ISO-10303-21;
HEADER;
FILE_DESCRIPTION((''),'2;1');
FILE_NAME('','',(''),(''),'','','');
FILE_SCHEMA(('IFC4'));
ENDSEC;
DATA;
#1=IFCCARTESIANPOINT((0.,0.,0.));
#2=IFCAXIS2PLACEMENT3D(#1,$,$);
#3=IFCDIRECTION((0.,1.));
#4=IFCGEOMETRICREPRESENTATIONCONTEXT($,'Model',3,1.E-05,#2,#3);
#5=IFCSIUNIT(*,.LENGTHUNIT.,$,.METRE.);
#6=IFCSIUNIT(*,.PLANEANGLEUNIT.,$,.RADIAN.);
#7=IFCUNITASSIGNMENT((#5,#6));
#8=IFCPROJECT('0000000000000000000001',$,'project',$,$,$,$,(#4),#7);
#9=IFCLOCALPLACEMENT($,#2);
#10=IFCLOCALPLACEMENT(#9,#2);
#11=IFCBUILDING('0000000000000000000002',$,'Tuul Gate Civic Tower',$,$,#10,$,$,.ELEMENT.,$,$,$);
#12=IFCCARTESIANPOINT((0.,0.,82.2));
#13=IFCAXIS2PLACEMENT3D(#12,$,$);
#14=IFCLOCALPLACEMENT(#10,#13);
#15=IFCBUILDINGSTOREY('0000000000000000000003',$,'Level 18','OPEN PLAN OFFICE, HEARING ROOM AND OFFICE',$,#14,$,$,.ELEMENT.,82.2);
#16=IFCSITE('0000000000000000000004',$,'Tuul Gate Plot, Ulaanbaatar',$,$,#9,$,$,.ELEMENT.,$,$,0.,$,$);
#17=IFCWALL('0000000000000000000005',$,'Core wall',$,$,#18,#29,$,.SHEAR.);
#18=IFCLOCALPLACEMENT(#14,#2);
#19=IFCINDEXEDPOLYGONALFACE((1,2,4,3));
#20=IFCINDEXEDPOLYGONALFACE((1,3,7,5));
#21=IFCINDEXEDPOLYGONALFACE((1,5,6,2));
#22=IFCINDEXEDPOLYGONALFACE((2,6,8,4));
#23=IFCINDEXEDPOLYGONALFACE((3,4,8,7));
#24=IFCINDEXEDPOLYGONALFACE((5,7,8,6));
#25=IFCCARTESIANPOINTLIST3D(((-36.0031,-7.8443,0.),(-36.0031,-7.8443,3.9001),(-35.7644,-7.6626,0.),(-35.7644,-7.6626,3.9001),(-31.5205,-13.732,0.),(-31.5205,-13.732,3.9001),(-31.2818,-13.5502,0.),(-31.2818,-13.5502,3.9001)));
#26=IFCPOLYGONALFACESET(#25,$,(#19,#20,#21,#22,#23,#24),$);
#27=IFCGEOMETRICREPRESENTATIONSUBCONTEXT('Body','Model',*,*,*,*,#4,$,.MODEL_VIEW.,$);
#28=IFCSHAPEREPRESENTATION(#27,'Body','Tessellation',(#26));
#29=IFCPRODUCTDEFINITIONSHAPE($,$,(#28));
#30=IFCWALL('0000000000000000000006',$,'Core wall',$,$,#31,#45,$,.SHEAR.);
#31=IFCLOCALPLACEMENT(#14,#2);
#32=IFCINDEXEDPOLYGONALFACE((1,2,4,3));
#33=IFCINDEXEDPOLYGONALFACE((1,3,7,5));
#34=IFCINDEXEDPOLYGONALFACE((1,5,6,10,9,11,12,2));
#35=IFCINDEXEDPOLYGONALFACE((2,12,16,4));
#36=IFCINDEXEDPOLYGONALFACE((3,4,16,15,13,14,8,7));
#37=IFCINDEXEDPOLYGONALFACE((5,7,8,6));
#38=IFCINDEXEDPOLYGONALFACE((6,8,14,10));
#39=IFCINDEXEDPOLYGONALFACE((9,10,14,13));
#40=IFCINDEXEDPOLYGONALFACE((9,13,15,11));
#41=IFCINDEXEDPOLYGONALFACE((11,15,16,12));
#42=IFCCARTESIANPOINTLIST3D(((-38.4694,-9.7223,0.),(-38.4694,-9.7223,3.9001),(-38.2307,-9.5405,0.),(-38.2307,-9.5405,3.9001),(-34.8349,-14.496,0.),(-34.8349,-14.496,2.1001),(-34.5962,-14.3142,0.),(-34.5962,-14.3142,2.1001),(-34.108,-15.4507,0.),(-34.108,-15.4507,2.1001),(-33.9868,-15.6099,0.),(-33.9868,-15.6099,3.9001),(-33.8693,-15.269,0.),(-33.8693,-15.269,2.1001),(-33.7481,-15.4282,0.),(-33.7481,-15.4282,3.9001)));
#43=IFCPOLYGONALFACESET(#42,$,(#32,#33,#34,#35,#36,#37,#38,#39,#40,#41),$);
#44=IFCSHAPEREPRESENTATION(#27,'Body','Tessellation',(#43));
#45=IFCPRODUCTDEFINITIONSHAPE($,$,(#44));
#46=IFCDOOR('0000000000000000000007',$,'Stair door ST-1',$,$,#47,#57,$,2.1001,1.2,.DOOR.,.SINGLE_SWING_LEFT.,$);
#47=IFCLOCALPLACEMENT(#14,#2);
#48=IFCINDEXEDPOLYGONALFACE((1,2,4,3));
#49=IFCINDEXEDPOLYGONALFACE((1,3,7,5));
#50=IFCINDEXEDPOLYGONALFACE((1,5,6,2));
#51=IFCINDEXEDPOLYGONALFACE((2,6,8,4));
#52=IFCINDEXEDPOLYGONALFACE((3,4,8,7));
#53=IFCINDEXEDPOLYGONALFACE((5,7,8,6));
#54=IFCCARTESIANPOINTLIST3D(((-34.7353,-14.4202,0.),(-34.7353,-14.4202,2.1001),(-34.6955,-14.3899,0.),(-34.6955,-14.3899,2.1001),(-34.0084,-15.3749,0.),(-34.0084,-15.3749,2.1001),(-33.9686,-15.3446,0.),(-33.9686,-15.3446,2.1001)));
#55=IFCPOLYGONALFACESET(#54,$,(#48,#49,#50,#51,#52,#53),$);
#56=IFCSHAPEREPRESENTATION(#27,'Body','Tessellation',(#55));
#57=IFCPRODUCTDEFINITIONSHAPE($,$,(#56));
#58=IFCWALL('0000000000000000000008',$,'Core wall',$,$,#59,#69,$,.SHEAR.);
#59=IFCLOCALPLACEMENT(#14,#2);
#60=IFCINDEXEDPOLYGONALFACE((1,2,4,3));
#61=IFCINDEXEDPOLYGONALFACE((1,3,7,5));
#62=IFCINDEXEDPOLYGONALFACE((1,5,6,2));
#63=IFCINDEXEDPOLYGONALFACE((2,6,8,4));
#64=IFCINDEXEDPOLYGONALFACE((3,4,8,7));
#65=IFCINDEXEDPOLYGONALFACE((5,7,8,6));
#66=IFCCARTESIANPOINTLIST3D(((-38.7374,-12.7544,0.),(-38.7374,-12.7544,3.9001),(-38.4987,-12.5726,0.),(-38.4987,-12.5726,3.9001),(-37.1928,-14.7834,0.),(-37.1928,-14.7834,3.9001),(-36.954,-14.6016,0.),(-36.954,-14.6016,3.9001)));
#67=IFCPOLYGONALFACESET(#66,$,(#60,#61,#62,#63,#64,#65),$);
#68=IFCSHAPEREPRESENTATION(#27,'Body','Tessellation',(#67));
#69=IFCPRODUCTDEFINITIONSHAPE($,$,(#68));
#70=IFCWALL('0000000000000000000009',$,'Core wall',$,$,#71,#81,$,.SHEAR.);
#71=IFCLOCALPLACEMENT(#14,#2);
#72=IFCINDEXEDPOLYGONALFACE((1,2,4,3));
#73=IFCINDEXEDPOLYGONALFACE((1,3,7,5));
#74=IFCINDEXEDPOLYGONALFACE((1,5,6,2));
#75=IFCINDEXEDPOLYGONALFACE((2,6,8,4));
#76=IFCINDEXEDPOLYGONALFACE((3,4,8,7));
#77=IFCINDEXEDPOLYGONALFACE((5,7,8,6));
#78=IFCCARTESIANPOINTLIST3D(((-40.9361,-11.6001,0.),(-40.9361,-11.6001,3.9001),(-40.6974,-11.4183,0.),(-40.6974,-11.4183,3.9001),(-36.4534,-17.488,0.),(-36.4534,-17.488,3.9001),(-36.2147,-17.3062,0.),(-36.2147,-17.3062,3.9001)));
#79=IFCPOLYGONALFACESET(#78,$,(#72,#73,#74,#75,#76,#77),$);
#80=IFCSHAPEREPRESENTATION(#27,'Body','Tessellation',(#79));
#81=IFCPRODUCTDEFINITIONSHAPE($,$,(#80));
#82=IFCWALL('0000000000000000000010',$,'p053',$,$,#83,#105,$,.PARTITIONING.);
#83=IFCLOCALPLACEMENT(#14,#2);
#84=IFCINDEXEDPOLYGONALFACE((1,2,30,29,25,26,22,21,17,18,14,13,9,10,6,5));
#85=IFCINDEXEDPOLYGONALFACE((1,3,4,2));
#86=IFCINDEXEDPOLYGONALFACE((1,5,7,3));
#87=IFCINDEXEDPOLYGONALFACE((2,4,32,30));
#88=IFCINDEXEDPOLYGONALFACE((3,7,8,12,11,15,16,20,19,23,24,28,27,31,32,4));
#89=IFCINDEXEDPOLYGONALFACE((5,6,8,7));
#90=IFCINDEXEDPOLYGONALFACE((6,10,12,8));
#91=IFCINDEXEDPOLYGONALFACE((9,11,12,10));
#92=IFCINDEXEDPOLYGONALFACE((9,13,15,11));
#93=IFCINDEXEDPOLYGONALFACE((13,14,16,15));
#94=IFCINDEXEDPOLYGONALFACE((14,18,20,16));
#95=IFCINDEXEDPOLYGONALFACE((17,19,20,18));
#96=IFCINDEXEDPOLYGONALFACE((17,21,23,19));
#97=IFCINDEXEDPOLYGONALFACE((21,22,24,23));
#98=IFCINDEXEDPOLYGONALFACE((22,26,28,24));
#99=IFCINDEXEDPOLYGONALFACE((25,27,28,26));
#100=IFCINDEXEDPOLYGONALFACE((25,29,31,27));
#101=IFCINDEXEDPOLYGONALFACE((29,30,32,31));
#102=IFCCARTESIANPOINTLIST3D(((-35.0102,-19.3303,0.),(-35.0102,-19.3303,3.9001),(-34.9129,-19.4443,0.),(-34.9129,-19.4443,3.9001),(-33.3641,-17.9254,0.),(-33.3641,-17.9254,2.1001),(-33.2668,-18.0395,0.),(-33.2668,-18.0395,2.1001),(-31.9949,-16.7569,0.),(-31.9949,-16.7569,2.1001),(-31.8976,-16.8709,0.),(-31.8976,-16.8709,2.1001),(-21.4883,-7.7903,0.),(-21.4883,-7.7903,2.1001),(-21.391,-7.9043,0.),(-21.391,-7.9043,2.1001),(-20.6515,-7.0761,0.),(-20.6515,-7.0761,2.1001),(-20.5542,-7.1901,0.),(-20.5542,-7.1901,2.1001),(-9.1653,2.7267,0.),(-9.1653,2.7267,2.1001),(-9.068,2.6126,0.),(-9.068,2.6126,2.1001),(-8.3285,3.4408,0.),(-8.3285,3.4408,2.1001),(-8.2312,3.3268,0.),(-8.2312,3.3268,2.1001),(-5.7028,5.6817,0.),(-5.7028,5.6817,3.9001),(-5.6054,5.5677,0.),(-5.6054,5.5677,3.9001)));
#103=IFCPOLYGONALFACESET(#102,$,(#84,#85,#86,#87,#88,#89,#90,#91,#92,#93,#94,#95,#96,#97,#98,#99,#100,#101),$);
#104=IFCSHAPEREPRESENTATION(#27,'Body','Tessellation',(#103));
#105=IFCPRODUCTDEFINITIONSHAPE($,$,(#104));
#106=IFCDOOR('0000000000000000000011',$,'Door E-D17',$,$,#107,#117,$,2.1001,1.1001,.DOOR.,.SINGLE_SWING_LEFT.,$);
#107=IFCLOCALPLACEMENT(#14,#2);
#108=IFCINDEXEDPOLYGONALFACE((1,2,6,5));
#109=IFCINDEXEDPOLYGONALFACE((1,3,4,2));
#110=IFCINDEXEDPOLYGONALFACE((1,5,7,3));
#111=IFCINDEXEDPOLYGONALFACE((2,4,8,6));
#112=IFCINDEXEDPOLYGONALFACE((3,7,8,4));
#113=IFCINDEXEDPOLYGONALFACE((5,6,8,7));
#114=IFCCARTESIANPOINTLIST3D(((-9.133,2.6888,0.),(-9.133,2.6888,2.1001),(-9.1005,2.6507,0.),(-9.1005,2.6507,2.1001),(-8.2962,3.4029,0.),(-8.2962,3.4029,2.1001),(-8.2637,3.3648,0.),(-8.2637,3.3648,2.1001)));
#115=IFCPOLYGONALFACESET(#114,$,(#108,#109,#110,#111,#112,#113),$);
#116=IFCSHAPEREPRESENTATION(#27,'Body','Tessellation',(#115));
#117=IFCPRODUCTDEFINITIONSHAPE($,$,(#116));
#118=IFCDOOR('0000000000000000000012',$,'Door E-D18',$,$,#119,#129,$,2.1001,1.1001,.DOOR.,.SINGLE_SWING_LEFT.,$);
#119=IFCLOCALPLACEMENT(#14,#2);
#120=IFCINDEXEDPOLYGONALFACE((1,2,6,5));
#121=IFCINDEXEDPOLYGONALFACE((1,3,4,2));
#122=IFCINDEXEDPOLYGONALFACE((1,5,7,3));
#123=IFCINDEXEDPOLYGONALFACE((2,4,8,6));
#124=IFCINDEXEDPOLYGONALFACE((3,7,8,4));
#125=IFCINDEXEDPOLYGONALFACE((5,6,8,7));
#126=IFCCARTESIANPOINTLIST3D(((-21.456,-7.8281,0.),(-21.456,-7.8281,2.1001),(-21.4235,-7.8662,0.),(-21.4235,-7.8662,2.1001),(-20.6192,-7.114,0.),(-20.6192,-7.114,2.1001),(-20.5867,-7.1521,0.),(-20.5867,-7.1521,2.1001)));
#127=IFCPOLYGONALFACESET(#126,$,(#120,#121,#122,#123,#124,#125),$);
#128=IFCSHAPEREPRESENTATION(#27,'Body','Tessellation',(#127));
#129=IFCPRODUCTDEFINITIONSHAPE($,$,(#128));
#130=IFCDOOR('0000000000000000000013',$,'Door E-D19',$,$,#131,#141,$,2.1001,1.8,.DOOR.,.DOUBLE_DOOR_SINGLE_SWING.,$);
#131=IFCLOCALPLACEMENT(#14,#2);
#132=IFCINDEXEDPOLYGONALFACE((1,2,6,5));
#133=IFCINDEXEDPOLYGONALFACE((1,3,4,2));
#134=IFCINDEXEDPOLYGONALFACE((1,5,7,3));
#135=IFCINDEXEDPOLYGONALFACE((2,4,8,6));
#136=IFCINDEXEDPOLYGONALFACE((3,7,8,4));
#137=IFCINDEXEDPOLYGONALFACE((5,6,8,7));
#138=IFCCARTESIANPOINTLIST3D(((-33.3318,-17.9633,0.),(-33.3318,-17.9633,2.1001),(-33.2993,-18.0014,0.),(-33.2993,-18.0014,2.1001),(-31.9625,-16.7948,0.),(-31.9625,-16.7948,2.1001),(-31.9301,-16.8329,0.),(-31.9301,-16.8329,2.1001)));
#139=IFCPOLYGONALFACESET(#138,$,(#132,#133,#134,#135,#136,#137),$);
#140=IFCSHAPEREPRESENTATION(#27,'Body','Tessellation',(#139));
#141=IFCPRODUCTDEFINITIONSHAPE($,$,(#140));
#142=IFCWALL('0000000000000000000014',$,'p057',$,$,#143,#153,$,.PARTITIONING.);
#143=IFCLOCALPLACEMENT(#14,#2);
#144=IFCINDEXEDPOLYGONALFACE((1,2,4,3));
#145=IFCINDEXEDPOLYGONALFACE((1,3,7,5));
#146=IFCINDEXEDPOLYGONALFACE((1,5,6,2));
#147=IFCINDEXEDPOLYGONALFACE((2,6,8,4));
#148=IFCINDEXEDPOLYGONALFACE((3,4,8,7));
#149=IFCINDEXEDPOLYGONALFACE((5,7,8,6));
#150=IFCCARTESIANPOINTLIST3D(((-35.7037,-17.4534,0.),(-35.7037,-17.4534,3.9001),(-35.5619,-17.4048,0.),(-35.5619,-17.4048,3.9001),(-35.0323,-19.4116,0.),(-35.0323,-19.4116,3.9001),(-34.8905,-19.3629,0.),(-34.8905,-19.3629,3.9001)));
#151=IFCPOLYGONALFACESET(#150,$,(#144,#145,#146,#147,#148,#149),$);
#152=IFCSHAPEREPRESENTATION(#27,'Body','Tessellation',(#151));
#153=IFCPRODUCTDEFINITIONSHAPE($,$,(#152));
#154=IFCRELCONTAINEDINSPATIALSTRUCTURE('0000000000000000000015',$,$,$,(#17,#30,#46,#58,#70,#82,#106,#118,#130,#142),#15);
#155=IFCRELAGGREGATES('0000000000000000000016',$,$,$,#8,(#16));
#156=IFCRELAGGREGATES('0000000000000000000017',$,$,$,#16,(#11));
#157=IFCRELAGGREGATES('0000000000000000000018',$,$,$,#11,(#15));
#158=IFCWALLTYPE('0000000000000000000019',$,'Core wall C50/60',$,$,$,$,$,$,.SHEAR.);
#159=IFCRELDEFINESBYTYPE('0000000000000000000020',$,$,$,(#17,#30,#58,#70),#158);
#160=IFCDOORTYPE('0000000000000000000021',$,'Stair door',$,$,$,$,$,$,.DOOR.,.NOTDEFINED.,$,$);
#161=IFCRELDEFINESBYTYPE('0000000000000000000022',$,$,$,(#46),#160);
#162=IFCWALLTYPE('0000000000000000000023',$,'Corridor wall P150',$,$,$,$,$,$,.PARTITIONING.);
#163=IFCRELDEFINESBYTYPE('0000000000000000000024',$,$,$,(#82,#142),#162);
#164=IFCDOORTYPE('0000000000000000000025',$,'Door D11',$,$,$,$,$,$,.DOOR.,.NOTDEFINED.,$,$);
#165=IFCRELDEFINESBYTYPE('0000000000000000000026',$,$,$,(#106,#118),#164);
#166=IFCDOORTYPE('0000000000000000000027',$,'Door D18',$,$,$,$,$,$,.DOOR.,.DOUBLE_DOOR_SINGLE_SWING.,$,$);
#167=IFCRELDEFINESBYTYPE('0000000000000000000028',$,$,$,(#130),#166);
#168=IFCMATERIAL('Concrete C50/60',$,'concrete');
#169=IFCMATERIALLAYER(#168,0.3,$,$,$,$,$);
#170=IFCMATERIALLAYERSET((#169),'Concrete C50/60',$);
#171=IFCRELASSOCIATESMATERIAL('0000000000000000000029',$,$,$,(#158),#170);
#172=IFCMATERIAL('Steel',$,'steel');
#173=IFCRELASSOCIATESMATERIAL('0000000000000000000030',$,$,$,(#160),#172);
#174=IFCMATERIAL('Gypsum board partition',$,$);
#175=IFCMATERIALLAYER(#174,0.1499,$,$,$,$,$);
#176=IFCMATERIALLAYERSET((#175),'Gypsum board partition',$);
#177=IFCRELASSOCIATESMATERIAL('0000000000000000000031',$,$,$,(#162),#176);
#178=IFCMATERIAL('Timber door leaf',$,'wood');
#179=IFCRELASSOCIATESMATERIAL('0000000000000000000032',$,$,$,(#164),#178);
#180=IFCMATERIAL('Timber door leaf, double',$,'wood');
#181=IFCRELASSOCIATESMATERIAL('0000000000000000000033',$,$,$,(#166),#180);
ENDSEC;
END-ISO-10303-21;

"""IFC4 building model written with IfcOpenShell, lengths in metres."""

from ifc_helpers import new_model, si_unit, direction, frame, frame_2d, origin, place, context, subcontext, project, spatial, rectangle, extrude, material, layer, layer_set, type_object, element, fill, save


model = new_model("IFC4")

# Units and contexts
model_context = context("Model", 3, precision=1e-05, world=origin(), true_north=direction((0.0, 1.0)))
body_context = subcontext(model_context, "Body", "Model", "MODEL_VIEW")
ifc_project = project(units=[si_unit("LENGTHUNIT", "METRE"), si_unit("PLANEANGLEUNIT", "RADIAN")], contexts=[model_context])

# Site, building, storey
site_placement = place(None, origin())
site = spatial("IfcSite", under=ifc_project, at=site_placement, Name="Tuul Gate Plot, Ulaanbaatar", CompositionType="ELEMENT", RefElevation=0.0)
building_placement = place(site_placement, origin())
building = spatial("IfcBuilding", under=site, at=building_placement, Name="Tuul Gate Civic Tower", CompositionType="ELEMENT")
storey_placement = place(building_placement, frame((0.0, 0.0, 82.2)))
storey = spatial("IfcBuildingStorey", under=building, at=storey_placement, Name="Level 18", Description="OPEN PLAN OFFICE, HEARING ROOM AND OFFICE", CompositionType="ELEMENT", Elevation=82.2)

# Shared definitions
ifc_material_1 = material(Name="Concrete C50/60", Category="concrete")
ifc_layer_1 = layer(ifc_material_1, 0.3)
ifc_layer_set_1 = layer_set([ifc_layer_1], Name="Concrete C50/60")
wall_type_1 = type_object("IfcWallType", Name="Core wall C50/60", PredefinedType="SHEAR", material=ifc_layer_set_1)

# Wall
wall_1_placement = place(storey_placement, frame((-31.4011, -13.6411, 0.0), z_axis=(0.0, 0.0, 1.0), x_axis=(-0.60577, 0.79564, 0.0)))
element("IfcWall", 1, at=wall_1_placement, inside=storey, type_object=wall_type_1, Name="Core wall", PredefinedType="SHEAR", context=body_context, shape_type="SweptSolid", body=[
    extrude(rectangle(XDim=7.3999, YDim=0.3, at=frame_2d((3.7, 0.0))), origin(), (0.0, 0.0, 1.0), 3.9001),
])

# Wall, opening, door
wall_2_placement = place(storey_placement, frame((-33.8674, -15.519, 0.0), z_axis=(0.0, 0.0, 1.0), x_axis=(-0.60577, 0.79564, 0.0)))
wall_2 = element("IfcWall", 2, at=wall_2_placement, inside=storey, type_object=wall_type_1, Name="Core wall", PredefinedType="SHEAR", context=body_context, shape_type="SweptSolid", body=[
    extrude(rectangle(XDim=7.3999, YDim=0.3, at=frame_2d((3.7, 0.0))), origin(), (0.0, 0.0, 1.0), 3.9001),
])
opening_1_placement = place(wall_2_placement, frame((0.2, 0.0, 0.0)))
opening_1 = element("IfcOpeningElement", 3, at=opening_1_placement, cuts=wall_2, PredefinedType="OPENING", context=body_context, shape_type="SweptSolid", body=[
    extrude(rectangle(XDim=1.2, YDim=2.1001, at=frame_2d((0.6001, 1.05))), frame((0.0, 0.1602, 0.0), z_axis=(0.0, -1.0, 0.0), x_axis=(1.0, 0.0, 0.0)), (0.0, 0.0, 1.0), 0.3201),
])
ifc_material_2 = material(Name="Steel", Category="steel")
door_type_1 = type_object("IfcDoorType", Name="Stair door", OperationType="NOTDEFINED", PredefinedType="DOOR", material=ifc_material_2)
door_1_placement = place(opening_1_placement, origin())
door_1 = element("IfcDoor", 4, at=door_1_placement, inside=storey, type_object=door_type_1, Name="Stair door ST-1", OperationType="SINGLE_SWING_LEFT", OverallHeight=2.1001, OverallWidth=1.2, PredefinedType="DOOR", context=body_context, shape_type="SweptSolid", body=[
    extrude(rectangle(XDim=1.2, YDim=2.1001, at=frame_2d((0.6001, 1.05))), frame((0.0, 0.0249, 0.0), z_axis=(0.0, -1.0, 0.0), x_axis=(1.0, 0.0, 0.0)), (0.0, 0.0, 1.0), 0.05),
])
fill(opening_1, door_1)

# Walls
wall_3_placement = place(storey_placement, frame((-37.0735, -14.6924, 0.0), z_axis=(0.0, 0.0, 1.0), x_axis=(-0.605729, 0.795671, 0.0)))
element("IfcWall", 5, at=wall_3_placement, inside=storey, type_object=wall_type_1, Name="Core wall", PredefinedType="SHEAR", context=body_context, shape_type="SweptSolid", body=[
    extrude(rectangle(XDim=2.55, YDim=0.3, at=frame_2d((1.2749, 0.0))), origin(), (0.0, 0.0, 1.0), 3.9001),
])
wall_4_placement = place(storey_placement, frame((-36.334, -17.3972, 0.0), z_axis=(0.0, 0.0, 1.0), x_axis=(-0.605754, 0.795652, 0.0)))
element("IfcWall", 6, at=wall_4_placement, inside=storey, type_object=wall_type_1, Name="Core wall", PredefinedType="SHEAR", context=body_context, shape_type="SweptSolid", body=[
    extrude(rectangle(XDim=7.4001, YDim=0.3, at=frame_2d((3.7002, 0.0))), origin(), (0.0, 0.0, 1.0), 3.9001),
])

# Wall, openings, doors
ifc_material_3 = material(Name="Gypsum board partition")
ifc_layer_2 = layer(ifc_material_3, 0.1499)
ifc_layer_set_2 = layer_set([ifc_layer_2], Name="Gypsum board partition")
wall_type_2 = type_object("IfcWallType", Name="Corridor wall P150", PredefinedType="PARTITIONING", material=ifc_layer_set_2)
wall_5_placement = place(storey_placement, frame((-34.9614, -19.3872, 0.0), z_axis=(0.0, 0.0, 1.0), x_axis=(0.760648, 0.649164, 0.0)))
wall_5 = element("IfcWall", 7, at=wall_5_placement, inside=storey, type_object=wall_type_2, Name="p053", PredefinedType="PARTITIONING", context=body_context, shape_type="SweptSolid", body=[
    extrude(rectangle(XDim=38.5295, YDim=0.1499, at=frame_2d((19.2646, 0.0))), origin(), (0.0, 0.0, 1.0), 3.9001),
])
opening_2_placement = place(wall_5_placement, frame((33.9773, 0.0, 0.0)))
opening_2 = element("IfcOpeningElement", 8, at=opening_2_placement, cuts=wall_5, PredefinedType="OPENING", context=body_context, shape_type="SweptSolid", body=[
    extrude(rectangle(XDim=1.1001, YDim=2.1001, at=frame_2d((0.55, 1.05))), frame((0.0, 0.085, 0.0), z_axis=(0.0, -1.0, 0.0), x_axis=(1.0, 0.0, 0.0)), (0.0, 0.0, 1.0), 0.1699),
])
opening_3_placement = place(wall_5_placement, frame((17.7766, 0.0, 0.0)))
opening_3 = element("IfcOpeningElement", 9, at=opening_3_placement, cuts=wall_5, PredefinedType="OPENING", context=body_context, shape_type="SweptSolid", body=[
    extrude(rectangle(XDim=1.1001, YDim=2.1001, at=frame_2d((0.55, 1.05))), frame((0.0, 0.085, 0.0), z_axis=(0.0, -1.0, 0.0), x_axis=(1.0, 0.0, 0.0)), (0.0, 0.0, 1.0), 0.1699),
])
opening_4_placement = place(wall_5_placement, frame((2.1641, 0.0, 0.0)))
opening_4 = element("IfcOpeningElement", 10, at=opening_4_placement, cuts=wall_5, PredefinedType="OPENING", context=body_context, shape_type="SweptSolid", body=[
    extrude(rectangle(XDim=1.8, YDim=2.1001, at=frame_2d((0.8999, 1.05))), frame((0.0, 0.085, 0.0), z_axis=(0.0, -1.0, 0.0), x_axis=(1.0, 0.0, 0.0)), (0.0, 0.0, 1.0), 0.1699),
])
ifc_material_4 = material(Name="Timber door leaf", Category="wood")
door_type_2 = type_object("IfcDoorType", Name="Door D11", OperationType="NOTDEFINED", PredefinedType="DOOR", material=ifc_material_4)
door_2_placement = place(opening_2_placement, frame((1.1001, 0.0, 0.0), z_axis=(0.0, 0.0, 1.0), x_axis=(-1.0, 0.0, 0.0)))
door_2 = element("IfcDoor", 11, at=door_2_placement, inside=storey, type_object=door_type_2, Name="Door E-D17", OperationType="SINGLE_SWING_LEFT", OverallHeight=2.1001, OverallWidth=1.1001, PredefinedType="DOOR", context=body_context, shape_type="SweptSolid", body=[
    extrude(rectangle(XDim=1.1001, YDim=2.1001, at=frame_2d((0.55, 1.05))), frame((0.0, 0.0249, 0.0), z_axis=(0.0, -1.0, 0.0), x_axis=(1.0, 0.0, 0.0)), (0.0, 0.0, 1.0), 0.05),
])
fill(opening_2, door_2)
door_3_placement = place(opening_3_placement, frame((1.1001, 0.0, 0.0), z_axis=(0.0, 0.0, 1.0), x_axis=(-1.0, 0.0, 0.0)))
door_3 = element("IfcDoor", 12, at=door_3_placement, inside=storey, type_object=door_type_2, Name="Door E-D18", OperationType="SINGLE_SWING_LEFT", OverallHeight=2.1001, OverallWidth=1.1001, PredefinedType="DOOR", context=body_context, shape_type="SweptSolid", body=[
    extrude(rectangle(XDim=1.1001, YDim=2.1001, at=frame_2d((0.55, 1.05))), frame((0.0, 0.0249, 0.0), z_axis=(0.0, -1.0, 0.0), x_axis=(1.0, 0.0, 0.0)), (0.0, 0.0, 1.0), 0.05),
])
fill(opening_3, door_3)
ifc_material_5 = material(Name="Timber door leaf, double", Category="wood")
door_type_3 = type_object("IfcDoorType", Name="Door D18", OperationType="DOUBLE_DOOR_SINGLE_SWING", PredefinedType="DOOR", material=ifc_material_5)
door_4_placement = place(opening_4_placement, frame((1.8, 0.0, 0.0), z_axis=(0.0, 0.0, 1.0), x_axis=(-1.0, 0.0, 0.0)))
door_4 = element("IfcDoor", 13, at=door_4_placement, inside=storey, type_object=door_type_3, Name="Door E-D19", OperationType="DOUBLE_DOOR_SINGLE_SWING", OverallHeight=2.1001, OverallWidth=1.8, PredefinedType="DOOR", context=body_context, shape_type="SweptSolid", body=[
    extrude(rectangle(XDim=1.8, YDim=2.1001, at=frame_2d((0.9001, 1.05))), frame((0.0, 0.0249, 0.0), z_axis=(0.0, -1.0, 0.0), x_axis=(1.0, 0.0, 0.0)), (0.0, 0.0, 1.0), 0.05),
])
fill(opening_4, door_4)

# Wall
wall_6_placement = place(storey_placement, frame((-35.6328, -17.429, 0.0), z_axis=(0.0, 0.0, 1.0), x_axis=(0.324318, -0.945948, 0.0)))
element("IfcWall", 14, at=wall_6_placement, inside=storey, type_object=wall_type_2, Name="p057", PredefinedType="PARTITIONING", context=body_context, shape_type="SweptSolid", body=[
    extrude(rectangle(XDim=2.0701, YDim=0.1499, at=frame_2d((1.0352, 0.0))), origin(), (0.0, 0.0, 1.0), 3.9001),
])

save(model, "model.ifc")
